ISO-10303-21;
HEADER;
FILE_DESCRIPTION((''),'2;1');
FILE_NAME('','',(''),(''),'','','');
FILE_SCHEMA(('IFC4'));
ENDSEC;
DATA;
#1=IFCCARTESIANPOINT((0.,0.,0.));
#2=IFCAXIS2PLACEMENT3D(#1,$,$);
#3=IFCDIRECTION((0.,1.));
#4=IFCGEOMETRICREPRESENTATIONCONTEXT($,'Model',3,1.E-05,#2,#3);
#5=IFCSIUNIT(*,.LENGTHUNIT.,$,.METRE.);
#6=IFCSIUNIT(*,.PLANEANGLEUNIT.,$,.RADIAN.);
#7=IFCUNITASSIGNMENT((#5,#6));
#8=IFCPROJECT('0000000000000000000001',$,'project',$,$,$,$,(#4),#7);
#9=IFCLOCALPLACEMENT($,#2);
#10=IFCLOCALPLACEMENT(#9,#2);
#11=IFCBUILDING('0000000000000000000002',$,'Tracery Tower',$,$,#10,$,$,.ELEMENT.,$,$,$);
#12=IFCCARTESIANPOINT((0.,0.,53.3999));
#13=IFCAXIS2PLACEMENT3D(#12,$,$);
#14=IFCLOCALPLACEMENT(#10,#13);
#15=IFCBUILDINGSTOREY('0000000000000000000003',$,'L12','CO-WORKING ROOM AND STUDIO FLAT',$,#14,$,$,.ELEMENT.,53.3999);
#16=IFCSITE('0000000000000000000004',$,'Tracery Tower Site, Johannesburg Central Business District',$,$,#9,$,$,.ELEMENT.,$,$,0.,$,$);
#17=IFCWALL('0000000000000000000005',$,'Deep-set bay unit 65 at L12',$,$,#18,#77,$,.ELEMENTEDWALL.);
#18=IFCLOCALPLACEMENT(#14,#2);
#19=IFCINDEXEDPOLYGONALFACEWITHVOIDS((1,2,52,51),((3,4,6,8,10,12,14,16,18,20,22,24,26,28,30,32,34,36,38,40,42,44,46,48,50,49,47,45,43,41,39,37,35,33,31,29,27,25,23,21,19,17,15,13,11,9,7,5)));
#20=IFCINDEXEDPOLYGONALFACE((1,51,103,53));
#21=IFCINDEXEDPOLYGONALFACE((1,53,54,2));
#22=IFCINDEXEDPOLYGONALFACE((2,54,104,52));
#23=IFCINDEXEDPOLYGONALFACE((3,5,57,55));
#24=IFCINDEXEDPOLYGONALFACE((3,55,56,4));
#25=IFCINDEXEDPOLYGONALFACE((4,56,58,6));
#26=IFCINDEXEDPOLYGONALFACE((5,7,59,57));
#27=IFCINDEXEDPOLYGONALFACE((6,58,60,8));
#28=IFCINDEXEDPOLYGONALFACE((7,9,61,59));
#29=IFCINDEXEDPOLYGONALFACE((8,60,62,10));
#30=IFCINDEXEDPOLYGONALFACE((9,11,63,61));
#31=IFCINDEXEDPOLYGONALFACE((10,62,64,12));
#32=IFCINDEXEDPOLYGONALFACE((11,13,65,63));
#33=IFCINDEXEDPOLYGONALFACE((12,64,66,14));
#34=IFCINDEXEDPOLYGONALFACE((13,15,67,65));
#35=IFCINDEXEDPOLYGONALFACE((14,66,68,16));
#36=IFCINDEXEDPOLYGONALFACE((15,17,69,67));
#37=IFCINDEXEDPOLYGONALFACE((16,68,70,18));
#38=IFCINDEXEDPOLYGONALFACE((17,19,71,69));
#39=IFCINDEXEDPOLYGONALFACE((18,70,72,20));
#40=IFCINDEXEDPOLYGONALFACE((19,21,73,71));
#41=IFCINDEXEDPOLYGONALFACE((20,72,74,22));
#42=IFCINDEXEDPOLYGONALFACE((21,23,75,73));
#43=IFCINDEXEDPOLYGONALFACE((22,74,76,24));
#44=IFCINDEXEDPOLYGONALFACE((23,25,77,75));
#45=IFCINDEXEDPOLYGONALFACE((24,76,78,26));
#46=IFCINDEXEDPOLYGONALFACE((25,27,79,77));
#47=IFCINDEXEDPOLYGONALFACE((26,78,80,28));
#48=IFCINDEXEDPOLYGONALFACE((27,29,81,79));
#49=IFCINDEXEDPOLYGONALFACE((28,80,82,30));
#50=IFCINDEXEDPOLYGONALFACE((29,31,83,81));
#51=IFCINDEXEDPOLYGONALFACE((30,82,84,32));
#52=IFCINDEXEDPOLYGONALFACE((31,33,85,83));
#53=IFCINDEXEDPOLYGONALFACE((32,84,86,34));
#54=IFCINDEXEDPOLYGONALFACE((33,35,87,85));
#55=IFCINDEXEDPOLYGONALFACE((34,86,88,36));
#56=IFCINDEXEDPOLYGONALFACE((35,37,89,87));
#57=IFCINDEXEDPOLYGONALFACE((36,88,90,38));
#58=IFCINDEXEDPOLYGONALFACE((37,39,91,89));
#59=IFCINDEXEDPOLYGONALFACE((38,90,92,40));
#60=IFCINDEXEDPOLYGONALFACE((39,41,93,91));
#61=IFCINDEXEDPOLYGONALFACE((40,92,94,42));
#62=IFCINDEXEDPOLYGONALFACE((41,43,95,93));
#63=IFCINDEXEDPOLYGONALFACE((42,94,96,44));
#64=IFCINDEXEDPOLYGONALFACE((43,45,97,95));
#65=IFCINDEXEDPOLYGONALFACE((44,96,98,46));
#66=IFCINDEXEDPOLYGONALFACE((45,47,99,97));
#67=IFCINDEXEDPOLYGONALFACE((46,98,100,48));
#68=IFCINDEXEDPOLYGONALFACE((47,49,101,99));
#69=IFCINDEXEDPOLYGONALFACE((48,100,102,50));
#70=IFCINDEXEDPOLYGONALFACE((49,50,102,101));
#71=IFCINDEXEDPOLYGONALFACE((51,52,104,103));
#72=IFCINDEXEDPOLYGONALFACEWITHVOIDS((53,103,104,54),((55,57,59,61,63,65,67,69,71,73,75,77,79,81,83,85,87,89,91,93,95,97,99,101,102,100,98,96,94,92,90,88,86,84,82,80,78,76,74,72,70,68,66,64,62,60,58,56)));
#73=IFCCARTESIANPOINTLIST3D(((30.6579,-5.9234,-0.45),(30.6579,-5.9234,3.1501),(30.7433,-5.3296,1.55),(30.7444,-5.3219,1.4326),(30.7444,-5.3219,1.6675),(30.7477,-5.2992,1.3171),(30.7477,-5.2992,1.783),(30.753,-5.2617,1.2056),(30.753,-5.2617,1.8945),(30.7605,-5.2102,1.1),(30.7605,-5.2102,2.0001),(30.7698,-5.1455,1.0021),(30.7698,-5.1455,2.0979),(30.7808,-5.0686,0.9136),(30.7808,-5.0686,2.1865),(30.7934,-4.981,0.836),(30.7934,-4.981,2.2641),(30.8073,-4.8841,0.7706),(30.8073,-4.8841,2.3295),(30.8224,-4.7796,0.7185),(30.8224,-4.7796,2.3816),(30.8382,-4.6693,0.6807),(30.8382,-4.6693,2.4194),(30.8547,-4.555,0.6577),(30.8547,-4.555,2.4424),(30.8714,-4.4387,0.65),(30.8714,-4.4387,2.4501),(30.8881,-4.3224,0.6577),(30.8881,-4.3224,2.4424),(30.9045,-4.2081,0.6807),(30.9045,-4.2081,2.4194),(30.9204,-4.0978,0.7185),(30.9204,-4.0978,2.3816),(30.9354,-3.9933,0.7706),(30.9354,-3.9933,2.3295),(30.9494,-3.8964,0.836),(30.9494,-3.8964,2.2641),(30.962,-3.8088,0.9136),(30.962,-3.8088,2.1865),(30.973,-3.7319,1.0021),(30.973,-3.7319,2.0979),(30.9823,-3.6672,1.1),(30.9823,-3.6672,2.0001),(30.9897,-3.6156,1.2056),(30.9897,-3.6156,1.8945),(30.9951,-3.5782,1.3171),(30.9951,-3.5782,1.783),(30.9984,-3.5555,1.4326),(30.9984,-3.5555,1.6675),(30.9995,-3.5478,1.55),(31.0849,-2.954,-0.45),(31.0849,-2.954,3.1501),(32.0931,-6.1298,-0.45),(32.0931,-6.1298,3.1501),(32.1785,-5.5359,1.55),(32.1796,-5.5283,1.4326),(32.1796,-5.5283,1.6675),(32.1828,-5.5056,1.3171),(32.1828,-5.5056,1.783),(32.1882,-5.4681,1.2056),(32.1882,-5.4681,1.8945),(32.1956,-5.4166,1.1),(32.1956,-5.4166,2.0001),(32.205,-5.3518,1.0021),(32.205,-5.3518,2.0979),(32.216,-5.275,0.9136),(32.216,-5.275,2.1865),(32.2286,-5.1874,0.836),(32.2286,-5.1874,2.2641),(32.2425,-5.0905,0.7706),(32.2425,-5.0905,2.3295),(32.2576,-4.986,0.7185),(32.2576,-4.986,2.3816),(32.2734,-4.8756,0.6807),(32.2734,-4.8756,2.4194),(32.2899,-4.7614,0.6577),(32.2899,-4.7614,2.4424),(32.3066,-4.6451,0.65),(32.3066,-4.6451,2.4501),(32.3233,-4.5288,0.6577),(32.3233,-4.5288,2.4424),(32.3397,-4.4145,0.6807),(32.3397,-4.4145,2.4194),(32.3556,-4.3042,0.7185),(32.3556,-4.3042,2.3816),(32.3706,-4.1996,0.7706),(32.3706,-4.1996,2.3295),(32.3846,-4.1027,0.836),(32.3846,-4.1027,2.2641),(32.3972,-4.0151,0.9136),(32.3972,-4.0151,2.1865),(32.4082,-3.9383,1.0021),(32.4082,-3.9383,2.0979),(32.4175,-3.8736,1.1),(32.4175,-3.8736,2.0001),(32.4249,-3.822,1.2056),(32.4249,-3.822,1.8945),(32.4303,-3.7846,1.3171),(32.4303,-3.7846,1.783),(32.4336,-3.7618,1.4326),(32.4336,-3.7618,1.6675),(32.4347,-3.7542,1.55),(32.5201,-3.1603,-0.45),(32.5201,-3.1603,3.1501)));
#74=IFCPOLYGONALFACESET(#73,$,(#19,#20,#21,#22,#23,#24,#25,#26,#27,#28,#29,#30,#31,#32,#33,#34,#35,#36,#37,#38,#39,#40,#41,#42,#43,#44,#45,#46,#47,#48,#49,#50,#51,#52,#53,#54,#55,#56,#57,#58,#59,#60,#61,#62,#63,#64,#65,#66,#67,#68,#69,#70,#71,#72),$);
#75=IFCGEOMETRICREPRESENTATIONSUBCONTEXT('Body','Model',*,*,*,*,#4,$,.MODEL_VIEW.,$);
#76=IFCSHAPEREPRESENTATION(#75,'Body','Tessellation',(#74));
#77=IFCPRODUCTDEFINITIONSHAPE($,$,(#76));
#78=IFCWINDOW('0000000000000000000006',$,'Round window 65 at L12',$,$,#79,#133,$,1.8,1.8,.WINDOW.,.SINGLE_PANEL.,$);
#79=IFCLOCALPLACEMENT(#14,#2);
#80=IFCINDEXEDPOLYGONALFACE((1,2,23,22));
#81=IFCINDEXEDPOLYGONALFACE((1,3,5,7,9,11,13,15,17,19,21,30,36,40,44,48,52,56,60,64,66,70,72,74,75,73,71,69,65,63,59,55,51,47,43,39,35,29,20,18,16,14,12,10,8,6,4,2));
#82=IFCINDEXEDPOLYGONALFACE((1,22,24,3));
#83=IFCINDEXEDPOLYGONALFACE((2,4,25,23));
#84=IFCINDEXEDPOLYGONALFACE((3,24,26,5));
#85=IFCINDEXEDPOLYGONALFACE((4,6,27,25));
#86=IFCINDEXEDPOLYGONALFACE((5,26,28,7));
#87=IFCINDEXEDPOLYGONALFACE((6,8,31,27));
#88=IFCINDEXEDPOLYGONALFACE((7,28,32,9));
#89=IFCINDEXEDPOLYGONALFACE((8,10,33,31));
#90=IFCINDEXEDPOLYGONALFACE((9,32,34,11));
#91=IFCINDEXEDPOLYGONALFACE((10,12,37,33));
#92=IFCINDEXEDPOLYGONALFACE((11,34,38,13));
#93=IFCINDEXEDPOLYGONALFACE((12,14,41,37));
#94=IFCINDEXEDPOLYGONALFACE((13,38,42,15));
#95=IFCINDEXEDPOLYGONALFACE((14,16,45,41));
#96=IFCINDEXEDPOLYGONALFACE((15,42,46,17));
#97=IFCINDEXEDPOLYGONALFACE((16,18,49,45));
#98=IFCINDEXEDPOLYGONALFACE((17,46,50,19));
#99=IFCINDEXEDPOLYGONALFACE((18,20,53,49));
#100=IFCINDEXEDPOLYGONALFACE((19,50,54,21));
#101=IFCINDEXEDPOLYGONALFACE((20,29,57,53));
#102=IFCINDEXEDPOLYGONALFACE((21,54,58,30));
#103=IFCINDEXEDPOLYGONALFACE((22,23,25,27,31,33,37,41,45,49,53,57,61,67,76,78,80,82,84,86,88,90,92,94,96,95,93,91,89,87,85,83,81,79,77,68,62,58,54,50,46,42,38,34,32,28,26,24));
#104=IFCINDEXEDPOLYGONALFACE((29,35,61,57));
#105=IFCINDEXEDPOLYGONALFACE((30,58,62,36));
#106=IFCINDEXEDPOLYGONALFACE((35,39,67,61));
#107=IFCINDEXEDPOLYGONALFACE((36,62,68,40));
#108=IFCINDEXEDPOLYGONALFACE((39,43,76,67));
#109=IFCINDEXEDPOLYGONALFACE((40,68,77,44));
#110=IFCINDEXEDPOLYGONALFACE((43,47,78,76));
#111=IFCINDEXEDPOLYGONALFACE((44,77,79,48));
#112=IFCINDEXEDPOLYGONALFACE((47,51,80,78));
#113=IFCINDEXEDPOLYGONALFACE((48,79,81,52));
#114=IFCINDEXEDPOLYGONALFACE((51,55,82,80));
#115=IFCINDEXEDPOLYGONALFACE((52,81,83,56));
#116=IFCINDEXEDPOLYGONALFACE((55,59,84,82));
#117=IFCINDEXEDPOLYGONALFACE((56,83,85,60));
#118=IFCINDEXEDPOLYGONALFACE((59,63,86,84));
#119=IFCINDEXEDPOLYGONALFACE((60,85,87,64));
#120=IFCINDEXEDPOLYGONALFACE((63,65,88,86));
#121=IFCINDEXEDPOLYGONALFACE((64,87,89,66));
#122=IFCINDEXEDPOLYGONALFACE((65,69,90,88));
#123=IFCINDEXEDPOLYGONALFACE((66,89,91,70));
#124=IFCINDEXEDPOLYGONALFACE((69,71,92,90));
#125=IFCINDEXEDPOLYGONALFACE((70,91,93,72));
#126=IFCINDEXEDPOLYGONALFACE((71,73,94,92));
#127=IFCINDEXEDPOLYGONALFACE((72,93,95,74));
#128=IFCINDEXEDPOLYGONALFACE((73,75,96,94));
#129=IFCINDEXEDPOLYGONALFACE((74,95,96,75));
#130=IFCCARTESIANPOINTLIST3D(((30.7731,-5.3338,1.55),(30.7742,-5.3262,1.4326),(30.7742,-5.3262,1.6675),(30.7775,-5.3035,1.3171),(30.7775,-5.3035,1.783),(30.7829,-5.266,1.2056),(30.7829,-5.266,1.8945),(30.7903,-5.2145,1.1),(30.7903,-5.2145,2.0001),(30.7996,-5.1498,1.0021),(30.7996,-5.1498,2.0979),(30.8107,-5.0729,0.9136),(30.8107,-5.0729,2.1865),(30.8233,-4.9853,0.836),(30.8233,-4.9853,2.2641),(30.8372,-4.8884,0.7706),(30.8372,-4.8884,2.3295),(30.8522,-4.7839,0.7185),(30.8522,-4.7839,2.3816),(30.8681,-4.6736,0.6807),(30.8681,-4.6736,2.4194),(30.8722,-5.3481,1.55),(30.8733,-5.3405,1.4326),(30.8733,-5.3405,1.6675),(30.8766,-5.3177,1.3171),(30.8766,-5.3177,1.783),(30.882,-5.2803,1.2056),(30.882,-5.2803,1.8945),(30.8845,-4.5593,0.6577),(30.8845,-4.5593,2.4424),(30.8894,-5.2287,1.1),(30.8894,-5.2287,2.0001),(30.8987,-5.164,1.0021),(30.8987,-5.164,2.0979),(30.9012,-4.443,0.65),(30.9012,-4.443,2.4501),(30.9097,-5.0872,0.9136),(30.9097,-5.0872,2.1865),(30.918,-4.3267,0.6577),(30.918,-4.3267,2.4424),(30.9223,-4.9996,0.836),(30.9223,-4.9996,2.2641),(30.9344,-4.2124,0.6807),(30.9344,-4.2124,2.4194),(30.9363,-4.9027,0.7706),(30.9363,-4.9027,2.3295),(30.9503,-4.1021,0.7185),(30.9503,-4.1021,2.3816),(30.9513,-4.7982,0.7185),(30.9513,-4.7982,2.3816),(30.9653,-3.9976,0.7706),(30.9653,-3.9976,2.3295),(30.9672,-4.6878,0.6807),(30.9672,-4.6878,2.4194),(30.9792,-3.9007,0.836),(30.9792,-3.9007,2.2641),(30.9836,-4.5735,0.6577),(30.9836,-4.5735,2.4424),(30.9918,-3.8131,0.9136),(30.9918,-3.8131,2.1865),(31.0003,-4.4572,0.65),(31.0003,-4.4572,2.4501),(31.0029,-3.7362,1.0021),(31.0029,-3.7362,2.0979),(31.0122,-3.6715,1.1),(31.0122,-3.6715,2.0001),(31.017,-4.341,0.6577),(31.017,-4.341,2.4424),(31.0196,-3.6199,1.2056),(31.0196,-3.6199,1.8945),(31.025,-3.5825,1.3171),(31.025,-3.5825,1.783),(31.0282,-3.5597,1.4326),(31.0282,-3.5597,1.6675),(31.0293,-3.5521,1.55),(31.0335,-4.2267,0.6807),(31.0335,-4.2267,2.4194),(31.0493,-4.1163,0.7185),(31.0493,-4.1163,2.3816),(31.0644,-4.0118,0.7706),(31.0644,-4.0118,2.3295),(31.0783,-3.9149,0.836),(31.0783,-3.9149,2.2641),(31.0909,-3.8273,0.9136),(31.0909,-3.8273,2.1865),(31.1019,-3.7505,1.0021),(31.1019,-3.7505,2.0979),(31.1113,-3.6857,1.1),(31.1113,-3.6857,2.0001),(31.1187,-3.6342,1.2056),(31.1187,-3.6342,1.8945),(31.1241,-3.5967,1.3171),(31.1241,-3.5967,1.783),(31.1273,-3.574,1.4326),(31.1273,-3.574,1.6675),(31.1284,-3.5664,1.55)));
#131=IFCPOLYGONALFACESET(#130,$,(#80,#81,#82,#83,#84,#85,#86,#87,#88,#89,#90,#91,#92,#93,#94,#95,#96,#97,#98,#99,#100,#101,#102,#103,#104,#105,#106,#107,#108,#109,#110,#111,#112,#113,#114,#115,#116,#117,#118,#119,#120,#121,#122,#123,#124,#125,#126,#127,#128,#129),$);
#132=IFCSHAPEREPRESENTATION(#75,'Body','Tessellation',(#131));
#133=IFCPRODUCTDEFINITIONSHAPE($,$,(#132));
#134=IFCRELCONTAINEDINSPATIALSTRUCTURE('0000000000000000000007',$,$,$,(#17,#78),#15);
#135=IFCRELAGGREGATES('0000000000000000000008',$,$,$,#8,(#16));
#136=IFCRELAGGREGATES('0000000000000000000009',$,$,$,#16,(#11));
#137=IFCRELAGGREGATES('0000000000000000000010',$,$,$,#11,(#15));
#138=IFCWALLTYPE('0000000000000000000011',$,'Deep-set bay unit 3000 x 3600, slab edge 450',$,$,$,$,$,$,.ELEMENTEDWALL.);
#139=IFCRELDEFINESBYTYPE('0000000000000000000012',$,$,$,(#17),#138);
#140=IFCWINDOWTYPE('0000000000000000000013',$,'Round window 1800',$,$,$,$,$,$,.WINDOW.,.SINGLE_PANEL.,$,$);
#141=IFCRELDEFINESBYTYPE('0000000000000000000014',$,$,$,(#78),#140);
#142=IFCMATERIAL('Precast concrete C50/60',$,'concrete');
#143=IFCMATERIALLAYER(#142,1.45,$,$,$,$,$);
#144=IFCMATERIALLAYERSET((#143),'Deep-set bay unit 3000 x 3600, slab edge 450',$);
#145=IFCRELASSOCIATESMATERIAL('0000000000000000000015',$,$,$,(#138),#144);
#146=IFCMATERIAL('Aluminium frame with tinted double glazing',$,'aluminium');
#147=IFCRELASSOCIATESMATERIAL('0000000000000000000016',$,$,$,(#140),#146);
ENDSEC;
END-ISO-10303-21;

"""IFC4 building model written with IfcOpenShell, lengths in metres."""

from ifc_helpers import new_model, si_unit, direction, frame, frame_2d, origin, origin_2d, place, context, subcontext, project, spatial, rectangle, circle, extrude, material, layer, layer_set, type_object, element, fill, save


model = new_model("IFC4")

# Units and contexts
model_context = context("Model", 3, precision=1e-05, world=origin(), true_north=direction((0.0, 1.0)))
body_context = subcontext(model_context, "Body", "Model", "MODEL_VIEW")
ifc_project = project(units=[si_unit("LENGTHUNIT", "METRE"), si_unit("PLANEANGLEUNIT", "RADIAN")], contexts=[model_context])

# Site, building, storey
site_placement = place(None, origin())
site = spatial("IfcSite", under=ifc_project, at=site_placement, Name="Tracery Tower Site, Johannesburg Central Business District", CompositionType="ELEMENT", RefElevation=0.0)
building_placement = place(site_placement, origin())
building = spatial("IfcBuilding", under=site, at=building_placement, Name="Tracery Tower", CompositionType="ELEMENT")
storey_placement = place(building_placement, frame((0.0, 0.0, 53.3999)))
storey = spatial("IfcBuildingStorey", under=building, at=storey_placement, Name="L12", Description="CO-WORKING ROOM AND STUDIO FLAT", CompositionType="ELEMENT", Elevation=53.3999)

# Wall, opening, window
ifc_material_1 = material(Name="Precast concrete C50/60", Category="concrete")
ifc_layer_1 = layer(ifc_material_1, 1.45)
ifc_layer_set_1 = layer_set([ifc_layer_1], Name="Deep-set bay unit 3000 x 3600, slab edge 450")
wall_type_1 = type_object("IfcWallType", Name="Deep-set bay unit 3000 x 3600, slab edge 450", PredefinedType="ELEMENTEDWALL", material=ifc_layer_set_1)
wall_1_placement = place(storey_placement, frame((31.3755, -6.0266, -0.45), z_axis=(0.0, 0.0, 1.0), x_axis=(0.142333, 0.989819, 0.0)))
wall_1 = element("IfcWall", 1, at=wall_1_placement, inside=storey, type_object=wall_type_1, Name="Deep-set bay unit 65 at L12", PredefinedType="ELEMENTEDWALL", context=body_context, shape_type="SweptSolid", body=[
    extrude(rectangle(XDim=3.0, YDim=1.45, at=frame_2d((1.5, 0.0))), origin(), (0.0, 0.0, 1.0), 3.6001),
])
opening_1_placement = place(wall_1_placement, frame((1.5, 0.0, 2.0)))
opening_1 = element("IfcOpeningElement", 2, at=opening_1_placement, cuts=wall_1, PredefinedType="OPENING", context=body_context, shape_type="SweptSolid", body=[
    extrude(circle(Radius=0.9, at=origin_2d()), frame((0.0, 0.7349, 0.0), z_axis=(0.0, -1.0, 0.0), x_axis=(1.0, 0.0, 0.0)), (0.0, 0.0, 1.0), 1.47),
])
ifc_material_2 = material(Name="Aluminium frame with tinted double glazing", Category="aluminium")
window_type = type_object("IfcWindowType", Name="Round window 1800", PartitioningType="SINGLE_PANEL", PredefinedType="WINDOW", material=ifc_material_2)
window_1_placement = place(opening_1_placement, origin())
window_1 = element("IfcWindow", 3, at=window_1_placement, inside=storey, type_object=window_type, Name="Round window 65 at L12", OverallHeight=1.8, OverallWidth=1.8, PartitioningType="SINGLE_PANEL", PredefinedType="WINDOW", context=body_context, shape_type="SweptSolid", body=[
    extrude(circle(Radius=0.9, at=origin_2d()), frame((0.0, 0.6948, 0.0), z_axis=(0.0, -1.0, 0.0), x_axis=(1.0, 0.0, 0.0)), (0.0, 0.0, 1.0), 0.1001),
])
fill(opening_1, window_1)

save(model, "model.ifc")
